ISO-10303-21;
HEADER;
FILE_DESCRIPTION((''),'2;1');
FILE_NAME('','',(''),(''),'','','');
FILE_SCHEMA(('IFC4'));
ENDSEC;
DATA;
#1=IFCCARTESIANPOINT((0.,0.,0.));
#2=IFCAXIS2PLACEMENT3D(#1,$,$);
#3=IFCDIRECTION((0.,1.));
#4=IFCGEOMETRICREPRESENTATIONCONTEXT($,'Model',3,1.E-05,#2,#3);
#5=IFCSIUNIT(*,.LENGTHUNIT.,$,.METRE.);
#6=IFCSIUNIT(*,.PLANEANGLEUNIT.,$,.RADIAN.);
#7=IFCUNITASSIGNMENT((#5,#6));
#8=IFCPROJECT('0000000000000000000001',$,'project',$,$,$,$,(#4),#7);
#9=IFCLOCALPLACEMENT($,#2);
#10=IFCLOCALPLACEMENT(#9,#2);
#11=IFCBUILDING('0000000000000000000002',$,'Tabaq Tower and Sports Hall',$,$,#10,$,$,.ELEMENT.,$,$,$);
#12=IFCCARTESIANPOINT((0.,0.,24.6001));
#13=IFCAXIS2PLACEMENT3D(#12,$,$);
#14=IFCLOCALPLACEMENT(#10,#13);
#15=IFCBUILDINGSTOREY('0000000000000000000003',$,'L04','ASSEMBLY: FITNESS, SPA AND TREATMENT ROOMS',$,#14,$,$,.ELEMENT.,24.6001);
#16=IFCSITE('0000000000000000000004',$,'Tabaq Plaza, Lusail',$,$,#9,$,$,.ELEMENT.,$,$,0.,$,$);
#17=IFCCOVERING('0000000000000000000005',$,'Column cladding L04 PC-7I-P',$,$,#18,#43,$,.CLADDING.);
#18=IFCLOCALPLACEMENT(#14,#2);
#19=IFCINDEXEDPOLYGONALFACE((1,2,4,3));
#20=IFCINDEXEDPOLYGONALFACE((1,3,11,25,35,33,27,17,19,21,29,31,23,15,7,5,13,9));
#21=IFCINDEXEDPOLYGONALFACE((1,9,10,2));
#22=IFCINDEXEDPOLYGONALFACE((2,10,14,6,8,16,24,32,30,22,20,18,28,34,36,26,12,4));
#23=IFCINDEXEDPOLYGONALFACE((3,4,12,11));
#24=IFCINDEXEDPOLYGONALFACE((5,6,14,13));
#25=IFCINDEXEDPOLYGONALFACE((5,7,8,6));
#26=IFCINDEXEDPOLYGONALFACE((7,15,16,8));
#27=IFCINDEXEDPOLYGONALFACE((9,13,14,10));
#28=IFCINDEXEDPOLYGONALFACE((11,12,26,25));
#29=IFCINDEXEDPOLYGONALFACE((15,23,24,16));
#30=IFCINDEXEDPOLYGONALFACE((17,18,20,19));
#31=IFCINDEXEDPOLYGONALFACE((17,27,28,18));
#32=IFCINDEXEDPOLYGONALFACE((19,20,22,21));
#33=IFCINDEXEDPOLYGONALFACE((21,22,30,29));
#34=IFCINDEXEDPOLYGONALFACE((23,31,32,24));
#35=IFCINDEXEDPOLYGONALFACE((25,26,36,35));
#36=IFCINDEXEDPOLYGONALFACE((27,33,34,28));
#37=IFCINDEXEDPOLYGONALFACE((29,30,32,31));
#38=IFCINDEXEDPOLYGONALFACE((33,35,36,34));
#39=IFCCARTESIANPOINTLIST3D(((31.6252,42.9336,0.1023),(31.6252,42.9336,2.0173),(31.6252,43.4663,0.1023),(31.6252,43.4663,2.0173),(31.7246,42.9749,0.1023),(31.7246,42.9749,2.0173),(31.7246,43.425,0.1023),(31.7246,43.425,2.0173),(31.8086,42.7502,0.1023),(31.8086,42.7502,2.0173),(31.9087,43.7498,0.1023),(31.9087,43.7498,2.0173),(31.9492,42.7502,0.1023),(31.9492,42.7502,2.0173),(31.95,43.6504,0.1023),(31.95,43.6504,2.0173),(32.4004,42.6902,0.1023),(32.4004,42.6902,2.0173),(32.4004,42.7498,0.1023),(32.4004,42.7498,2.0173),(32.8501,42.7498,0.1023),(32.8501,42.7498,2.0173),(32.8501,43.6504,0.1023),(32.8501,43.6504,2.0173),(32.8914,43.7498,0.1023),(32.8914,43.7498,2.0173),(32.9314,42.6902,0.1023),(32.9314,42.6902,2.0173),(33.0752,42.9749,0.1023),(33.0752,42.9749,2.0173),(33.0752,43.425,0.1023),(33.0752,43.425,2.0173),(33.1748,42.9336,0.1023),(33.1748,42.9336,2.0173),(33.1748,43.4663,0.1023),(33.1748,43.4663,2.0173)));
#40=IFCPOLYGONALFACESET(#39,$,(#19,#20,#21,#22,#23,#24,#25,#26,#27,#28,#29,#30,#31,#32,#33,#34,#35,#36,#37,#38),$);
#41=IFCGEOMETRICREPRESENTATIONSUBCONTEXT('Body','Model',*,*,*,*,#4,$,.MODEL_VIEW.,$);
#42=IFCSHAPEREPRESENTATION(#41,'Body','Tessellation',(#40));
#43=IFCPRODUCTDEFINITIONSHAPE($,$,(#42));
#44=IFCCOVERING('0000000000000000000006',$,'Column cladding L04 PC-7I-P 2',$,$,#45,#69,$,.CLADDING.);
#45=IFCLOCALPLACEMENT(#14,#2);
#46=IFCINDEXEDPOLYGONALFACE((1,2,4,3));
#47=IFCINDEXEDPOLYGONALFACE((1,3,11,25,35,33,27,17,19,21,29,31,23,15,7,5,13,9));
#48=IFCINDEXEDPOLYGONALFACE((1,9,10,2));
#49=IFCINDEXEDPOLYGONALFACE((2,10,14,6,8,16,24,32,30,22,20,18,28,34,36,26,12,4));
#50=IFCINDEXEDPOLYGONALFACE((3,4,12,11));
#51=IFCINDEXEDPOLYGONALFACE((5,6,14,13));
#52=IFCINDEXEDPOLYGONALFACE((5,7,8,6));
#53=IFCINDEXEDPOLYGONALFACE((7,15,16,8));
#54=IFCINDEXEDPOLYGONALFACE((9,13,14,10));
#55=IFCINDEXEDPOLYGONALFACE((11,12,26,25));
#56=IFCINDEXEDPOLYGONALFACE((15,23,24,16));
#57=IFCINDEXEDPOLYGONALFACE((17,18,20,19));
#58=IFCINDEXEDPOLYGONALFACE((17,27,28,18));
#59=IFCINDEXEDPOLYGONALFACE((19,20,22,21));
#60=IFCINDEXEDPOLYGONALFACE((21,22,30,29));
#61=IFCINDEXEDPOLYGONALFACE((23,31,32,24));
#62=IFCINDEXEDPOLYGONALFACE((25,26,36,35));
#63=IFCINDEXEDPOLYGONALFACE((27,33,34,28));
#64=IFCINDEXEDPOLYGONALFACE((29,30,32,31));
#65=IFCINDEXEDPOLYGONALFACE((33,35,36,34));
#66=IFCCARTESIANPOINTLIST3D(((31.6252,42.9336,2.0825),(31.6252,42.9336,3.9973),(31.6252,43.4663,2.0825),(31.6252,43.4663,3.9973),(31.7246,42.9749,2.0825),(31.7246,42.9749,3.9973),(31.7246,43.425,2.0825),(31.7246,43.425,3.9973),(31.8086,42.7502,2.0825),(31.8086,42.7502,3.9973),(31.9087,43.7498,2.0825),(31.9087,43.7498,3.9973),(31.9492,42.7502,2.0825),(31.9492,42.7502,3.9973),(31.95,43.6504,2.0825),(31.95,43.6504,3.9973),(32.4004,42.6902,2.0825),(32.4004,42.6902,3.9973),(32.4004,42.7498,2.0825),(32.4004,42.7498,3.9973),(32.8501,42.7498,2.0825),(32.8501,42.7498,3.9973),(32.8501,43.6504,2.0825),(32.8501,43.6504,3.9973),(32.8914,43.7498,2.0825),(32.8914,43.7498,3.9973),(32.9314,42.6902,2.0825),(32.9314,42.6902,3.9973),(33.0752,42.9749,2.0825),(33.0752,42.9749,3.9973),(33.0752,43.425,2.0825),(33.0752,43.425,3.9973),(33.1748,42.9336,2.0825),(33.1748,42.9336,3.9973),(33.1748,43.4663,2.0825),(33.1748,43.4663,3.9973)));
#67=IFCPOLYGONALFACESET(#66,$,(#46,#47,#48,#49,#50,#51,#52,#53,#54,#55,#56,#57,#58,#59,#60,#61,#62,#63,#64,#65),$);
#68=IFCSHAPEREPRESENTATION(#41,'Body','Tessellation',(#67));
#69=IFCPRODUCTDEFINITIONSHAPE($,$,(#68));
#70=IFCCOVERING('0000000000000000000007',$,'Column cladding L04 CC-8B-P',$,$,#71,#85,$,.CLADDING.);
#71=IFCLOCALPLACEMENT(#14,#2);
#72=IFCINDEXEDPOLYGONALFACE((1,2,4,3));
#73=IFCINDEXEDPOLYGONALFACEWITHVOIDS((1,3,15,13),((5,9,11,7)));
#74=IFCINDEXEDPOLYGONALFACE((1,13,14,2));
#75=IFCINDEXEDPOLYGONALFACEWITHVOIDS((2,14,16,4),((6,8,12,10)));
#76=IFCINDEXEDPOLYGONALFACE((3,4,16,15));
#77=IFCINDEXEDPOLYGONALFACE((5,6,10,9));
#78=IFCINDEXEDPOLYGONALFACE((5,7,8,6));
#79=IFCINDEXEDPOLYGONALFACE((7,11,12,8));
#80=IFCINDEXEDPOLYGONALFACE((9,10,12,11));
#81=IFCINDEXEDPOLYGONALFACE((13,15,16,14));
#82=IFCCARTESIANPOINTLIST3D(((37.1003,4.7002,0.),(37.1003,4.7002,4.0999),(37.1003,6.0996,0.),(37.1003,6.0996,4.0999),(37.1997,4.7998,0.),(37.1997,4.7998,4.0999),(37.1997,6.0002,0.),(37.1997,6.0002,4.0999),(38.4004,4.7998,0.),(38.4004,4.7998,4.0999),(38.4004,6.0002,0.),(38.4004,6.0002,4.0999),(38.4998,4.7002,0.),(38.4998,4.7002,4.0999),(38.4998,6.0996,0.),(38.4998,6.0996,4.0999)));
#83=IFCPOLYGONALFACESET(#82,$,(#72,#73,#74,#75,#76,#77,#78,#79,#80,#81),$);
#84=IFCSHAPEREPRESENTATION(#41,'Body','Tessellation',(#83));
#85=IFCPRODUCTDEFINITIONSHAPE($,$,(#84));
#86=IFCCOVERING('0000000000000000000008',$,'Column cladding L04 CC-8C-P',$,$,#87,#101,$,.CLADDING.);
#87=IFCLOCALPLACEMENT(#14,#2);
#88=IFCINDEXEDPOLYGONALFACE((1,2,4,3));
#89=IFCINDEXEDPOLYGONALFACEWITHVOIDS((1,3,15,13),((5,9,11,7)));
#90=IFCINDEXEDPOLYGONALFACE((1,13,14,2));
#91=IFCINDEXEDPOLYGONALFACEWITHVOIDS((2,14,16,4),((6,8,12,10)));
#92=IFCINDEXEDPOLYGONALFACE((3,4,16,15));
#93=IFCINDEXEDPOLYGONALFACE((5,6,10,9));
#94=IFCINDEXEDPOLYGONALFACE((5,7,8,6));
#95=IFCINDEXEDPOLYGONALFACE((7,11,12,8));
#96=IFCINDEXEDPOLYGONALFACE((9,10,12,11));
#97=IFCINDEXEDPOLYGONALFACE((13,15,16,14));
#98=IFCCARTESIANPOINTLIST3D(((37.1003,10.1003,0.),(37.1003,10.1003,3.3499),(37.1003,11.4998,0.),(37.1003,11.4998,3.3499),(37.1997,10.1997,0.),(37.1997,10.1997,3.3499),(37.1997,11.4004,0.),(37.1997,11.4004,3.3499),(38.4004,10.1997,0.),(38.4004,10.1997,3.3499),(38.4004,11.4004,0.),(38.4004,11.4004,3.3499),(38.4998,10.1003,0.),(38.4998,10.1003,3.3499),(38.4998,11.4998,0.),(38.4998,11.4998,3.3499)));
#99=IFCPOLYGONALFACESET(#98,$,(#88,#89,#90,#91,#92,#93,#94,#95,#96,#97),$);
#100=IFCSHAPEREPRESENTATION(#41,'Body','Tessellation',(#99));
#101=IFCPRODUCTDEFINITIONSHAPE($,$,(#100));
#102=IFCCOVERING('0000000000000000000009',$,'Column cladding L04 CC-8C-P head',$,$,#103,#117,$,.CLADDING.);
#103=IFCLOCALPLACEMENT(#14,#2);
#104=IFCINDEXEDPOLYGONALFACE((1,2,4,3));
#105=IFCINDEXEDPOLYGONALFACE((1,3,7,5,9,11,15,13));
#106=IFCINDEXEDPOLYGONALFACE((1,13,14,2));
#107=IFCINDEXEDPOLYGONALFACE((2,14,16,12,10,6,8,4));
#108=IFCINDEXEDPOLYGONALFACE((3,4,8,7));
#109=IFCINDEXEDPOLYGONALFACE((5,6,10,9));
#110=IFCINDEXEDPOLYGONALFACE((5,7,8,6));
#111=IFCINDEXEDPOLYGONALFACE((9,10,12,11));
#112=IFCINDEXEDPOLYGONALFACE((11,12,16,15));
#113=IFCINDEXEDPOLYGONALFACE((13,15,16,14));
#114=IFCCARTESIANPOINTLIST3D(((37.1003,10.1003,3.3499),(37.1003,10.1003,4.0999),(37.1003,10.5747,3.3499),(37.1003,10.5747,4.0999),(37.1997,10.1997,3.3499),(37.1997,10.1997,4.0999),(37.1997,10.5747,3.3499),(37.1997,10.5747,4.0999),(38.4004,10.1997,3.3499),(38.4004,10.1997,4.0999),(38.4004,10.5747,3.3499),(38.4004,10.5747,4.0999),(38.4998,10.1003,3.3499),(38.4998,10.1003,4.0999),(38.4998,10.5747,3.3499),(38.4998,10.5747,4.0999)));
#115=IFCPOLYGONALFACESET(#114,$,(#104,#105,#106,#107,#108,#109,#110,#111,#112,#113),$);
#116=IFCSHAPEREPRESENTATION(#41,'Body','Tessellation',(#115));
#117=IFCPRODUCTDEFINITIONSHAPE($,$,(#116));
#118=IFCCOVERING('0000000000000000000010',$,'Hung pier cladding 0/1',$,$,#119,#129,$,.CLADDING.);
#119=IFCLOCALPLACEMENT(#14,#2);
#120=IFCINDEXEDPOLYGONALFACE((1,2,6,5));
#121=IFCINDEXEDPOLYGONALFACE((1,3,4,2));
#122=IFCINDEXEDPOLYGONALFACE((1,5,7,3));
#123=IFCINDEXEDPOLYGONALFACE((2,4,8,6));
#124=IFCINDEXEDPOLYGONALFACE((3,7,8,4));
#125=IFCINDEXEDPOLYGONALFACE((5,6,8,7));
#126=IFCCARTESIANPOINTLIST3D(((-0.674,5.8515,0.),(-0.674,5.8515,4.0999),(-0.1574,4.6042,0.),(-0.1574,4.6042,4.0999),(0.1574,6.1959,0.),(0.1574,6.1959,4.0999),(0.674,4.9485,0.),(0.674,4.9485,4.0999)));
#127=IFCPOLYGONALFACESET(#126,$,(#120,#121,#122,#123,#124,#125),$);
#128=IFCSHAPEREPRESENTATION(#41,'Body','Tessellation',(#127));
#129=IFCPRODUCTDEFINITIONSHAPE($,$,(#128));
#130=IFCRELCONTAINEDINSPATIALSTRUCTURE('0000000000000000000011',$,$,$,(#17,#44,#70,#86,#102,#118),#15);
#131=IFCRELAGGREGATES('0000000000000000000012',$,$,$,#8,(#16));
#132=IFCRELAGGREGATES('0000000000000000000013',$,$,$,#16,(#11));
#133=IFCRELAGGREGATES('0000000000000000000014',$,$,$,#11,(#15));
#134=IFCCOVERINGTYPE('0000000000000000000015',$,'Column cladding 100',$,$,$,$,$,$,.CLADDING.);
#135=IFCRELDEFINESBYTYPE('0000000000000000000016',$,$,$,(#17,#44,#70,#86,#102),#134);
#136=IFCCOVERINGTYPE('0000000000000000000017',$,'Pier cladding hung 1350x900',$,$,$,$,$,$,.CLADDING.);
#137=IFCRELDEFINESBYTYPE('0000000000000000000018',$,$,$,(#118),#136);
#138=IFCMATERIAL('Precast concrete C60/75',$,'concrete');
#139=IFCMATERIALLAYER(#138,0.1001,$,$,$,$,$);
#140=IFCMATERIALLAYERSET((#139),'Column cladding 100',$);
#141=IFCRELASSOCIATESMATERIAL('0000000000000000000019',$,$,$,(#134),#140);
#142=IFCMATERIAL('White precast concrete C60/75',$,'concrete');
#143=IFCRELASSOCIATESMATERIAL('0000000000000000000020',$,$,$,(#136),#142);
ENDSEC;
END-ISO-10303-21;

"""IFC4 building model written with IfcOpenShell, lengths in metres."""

from ifc_helpers import new_model, si_unit, direction, frame, frame_2d, origin, place, context, subcontext, project, spatial, polyline, rectangle, outline, extrude, material, layer, layer_set, type_object, element, save


model = new_model("IFC4")

# Units and contexts
model_context = context("Model", 3, precision=1e-05, world=origin(), true_north=direction((0.0, 1.0)))
body_context = subcontext(model_context, "Body", "Model", "MODEL_VIEW")
ifc_project = project(units=[si_unit("LENGTHUNIT", "METRE"), si_unit("PLANEANGLEUNIT", "RADIAN")], contexts=[model_context])

# Site, building, storey
site_placement = place(None, origin())
site = spatial("IfcSite", under=ifc_project, at=site_placement, Name="Tabaq Plaza, Lusail", CompositionType="ELEMENT", RefElevation=0.0)
building_placement = place(site_placement, origin())
building = spatial("IfcBuilding", under=site, at=building_placement, Name="Tabaq Tower and Sports Hall", CompositionType="ELEMENT")
storey_placement = place(building_placement, frame((0.0, 0.0, 24.6001)))
storey = spatial("IfcBuildingStorey", under=building, at=storey_placement, Name="L04", Description="ASSEMBLY: FITNESS, SPA AND TREATMENT ROOMS", CompositionType="ELEMENT", Elevation=24.6001)

# Coverings
ifc_material_1 = material(Name="Precast concrete C60/75", Category="concrete")
ifc_layer = layer(ifc_material_1, 0.1001)
ifc_layer_set = layer_set([ifc_layer], Name="Column cladding 100")
covering_type_1 = type_object("IfcCoveringType", Name="Column cladding 100", PredefinedType="CLADDING", material=ifc_layer_set)
covering_1_placement = place(storey_placement, frame((0.0, 0.0, 0.1023)))
element("IfcCovering", 1, at=covering_1_placement, inside=storey, type_object=covering_type_1, Name="Column cladding L04 PC-7I-P", PredefinedType="CLADDING", context=body_context, shape_type="SweptSolid", body=[
    extrude(outline(polyline([(31.6252, 43.4663), (31.9087, 43.7498), (32.8914, 43.7498), (33.1748, 43.4663), (33.1748, 42.9336), (32.9314, 42.6902), (32.4004, 42.6902), (32.4004, 42.7498), (32.8501, 42.7498), (33.0752, 42.9749), (33.0752, 43.425), (32.8501, 43.6504), (31.95, 43.6504), (31.7246, 43.425), (31.7246, 42.9749), (31.9492, 42.7502), (31.8086, 42.7502), (31.6252, 42.9336), (31.6252, 43.4663)])), origin(), (0.0, 0.0, 1.0), 1.915),
])
covering_2_placement = place(storey_placement, frame((0.0, 0.0, 2.0825)))
element("IfcCovering", 2, at=covering_2_placement, inside=storey, type_object=covering_type_1, Name="Column cladding L04 PC-7I-P 2", PredefinedType="CLADDING", context=body_context, shape_type="SweptSolid", body=[
    extrude(outline(polyline([(31.6252, 43.4663), (31.9087, 43.7498), (32.8914, 43.7498), (33.1748, 43.4663), (33.1748, 42.9336), (32.9314, 42.6902), (32.4004, 42.6902), (32.4004, 42.7498), (32.8501, 42.7498), (33.0752, 42.9749), (33.0752, 43.425), (32.8501, 43.6504), (31.95, 43.6504), (31.7246, 43.425), (31.7246, 42.9749), (31.9492, 42.7502), (31.8086, 42.7502), (31.6252, 42.9336), (31.6252, 43.4663)])), origin(), (0.0, 0.0, 1.0), 1.9148),
])
covering_3_placement = place(storey_placement, origin())
element("IfcCovering", 3, at=covering_3_placement, inside=storey, type_object=covering_type_1, Name="Column cladding L04 CC-8B-P", PredefinedType="CLADDING", context=body_context, shape_type="SweptSolid", body=[
    extrude(outline(polyline([(37.1003, 6.0996), (38.4998, 6.0996), (38.4998, 4.7002), (37.1003, 4.7002), (37.1003, 6.0996)]), holes=[polyline([(38.4004, 4.7998), (38.4004, 6.0002), (37.1997, 6.0002), (37.1997, 4.7998), (38.4004, 4.7998)])]), origin(), (0.0, 0.0, 1.0), 4.0999),
])
covering_4_placement = place(storey_placement, origin())
element("IfcCovering", 4, at=covering_4_placement, inside=storey, type_object=covering_type_1, Name="Column cladding L04 CC-8C-P", PredefinedType="CLADDING", context=body_context, shape_type="SweptSolid", body=[
    extrude(outline(polyline([(37.1003, 11.4998), (38.4998, 11.4998), (38.4998, 10.1003), (37.1003, 10.1003), (37.1003, 11.4998)]), holes=[polyline([(38.4004, 10.1997), (38.4004, 11.4004), (37.1997, 11.4004), (37.1997, 10.1997), (38.4004, 10.1997)])]), origin(), (0.0, 0.0, 1.0), 3.3499),
])
covering_5_placement = place(storey_placement, frame((0.0, 0.0, 3.3499)))
element("IfcCovering", 5, at=covering_5_placement, inside=storey, type_object=covering_type_1, Name="Column cladding L04 CC-8C-P head", PredefinedType="CLADDING", context=body_context, shape_type="SweptSolid", body=[
    extrude(outline(polyline([(38.4998, 10.1003), (37.1003, 10.1003), (37.1003, 10.5747), (37.1997, 10.5747), (37.1997, 10.1997), (38.4004, 10.1997), (38.4004, 10.5747), (38.4998, 10.5747), (38.4998, 10.1003)])), origin(), (0.0, 0.0, 1.0), 0.75),
])
ifc_material_2 = material(Name="White precast concrete C60/75", Category="concrete")
covering_type_2 = type_object("IfcCoveringType", Name="Pier cladding hung 1350x900", PredefinedType="CLADDING", material=ifc_material_2)
covering_6_placement = place(storey_placement, frame((-0.2583, 6.0237, 0.0), z_axis=(0.0, 0.0, 1.0), x_axis=(0.38265, -0.923893, 0.0)))
element("IfcCovering", 6, at=covering_6_placement, inside=storey, type_object=covering_type_2, Name="Hung pier cladding 0/1", PredefinedType="CLADDING", context=body_context, shape_type="SweptSolid", body=[
    extrude(rectangle(XDim=1.3501, YDim=0.8999, at=frame_2d((0.675, 0.0))), origin(), (0.0, 0.0, 1.0), 4.0999),
])

save(model, "model.ifc")
